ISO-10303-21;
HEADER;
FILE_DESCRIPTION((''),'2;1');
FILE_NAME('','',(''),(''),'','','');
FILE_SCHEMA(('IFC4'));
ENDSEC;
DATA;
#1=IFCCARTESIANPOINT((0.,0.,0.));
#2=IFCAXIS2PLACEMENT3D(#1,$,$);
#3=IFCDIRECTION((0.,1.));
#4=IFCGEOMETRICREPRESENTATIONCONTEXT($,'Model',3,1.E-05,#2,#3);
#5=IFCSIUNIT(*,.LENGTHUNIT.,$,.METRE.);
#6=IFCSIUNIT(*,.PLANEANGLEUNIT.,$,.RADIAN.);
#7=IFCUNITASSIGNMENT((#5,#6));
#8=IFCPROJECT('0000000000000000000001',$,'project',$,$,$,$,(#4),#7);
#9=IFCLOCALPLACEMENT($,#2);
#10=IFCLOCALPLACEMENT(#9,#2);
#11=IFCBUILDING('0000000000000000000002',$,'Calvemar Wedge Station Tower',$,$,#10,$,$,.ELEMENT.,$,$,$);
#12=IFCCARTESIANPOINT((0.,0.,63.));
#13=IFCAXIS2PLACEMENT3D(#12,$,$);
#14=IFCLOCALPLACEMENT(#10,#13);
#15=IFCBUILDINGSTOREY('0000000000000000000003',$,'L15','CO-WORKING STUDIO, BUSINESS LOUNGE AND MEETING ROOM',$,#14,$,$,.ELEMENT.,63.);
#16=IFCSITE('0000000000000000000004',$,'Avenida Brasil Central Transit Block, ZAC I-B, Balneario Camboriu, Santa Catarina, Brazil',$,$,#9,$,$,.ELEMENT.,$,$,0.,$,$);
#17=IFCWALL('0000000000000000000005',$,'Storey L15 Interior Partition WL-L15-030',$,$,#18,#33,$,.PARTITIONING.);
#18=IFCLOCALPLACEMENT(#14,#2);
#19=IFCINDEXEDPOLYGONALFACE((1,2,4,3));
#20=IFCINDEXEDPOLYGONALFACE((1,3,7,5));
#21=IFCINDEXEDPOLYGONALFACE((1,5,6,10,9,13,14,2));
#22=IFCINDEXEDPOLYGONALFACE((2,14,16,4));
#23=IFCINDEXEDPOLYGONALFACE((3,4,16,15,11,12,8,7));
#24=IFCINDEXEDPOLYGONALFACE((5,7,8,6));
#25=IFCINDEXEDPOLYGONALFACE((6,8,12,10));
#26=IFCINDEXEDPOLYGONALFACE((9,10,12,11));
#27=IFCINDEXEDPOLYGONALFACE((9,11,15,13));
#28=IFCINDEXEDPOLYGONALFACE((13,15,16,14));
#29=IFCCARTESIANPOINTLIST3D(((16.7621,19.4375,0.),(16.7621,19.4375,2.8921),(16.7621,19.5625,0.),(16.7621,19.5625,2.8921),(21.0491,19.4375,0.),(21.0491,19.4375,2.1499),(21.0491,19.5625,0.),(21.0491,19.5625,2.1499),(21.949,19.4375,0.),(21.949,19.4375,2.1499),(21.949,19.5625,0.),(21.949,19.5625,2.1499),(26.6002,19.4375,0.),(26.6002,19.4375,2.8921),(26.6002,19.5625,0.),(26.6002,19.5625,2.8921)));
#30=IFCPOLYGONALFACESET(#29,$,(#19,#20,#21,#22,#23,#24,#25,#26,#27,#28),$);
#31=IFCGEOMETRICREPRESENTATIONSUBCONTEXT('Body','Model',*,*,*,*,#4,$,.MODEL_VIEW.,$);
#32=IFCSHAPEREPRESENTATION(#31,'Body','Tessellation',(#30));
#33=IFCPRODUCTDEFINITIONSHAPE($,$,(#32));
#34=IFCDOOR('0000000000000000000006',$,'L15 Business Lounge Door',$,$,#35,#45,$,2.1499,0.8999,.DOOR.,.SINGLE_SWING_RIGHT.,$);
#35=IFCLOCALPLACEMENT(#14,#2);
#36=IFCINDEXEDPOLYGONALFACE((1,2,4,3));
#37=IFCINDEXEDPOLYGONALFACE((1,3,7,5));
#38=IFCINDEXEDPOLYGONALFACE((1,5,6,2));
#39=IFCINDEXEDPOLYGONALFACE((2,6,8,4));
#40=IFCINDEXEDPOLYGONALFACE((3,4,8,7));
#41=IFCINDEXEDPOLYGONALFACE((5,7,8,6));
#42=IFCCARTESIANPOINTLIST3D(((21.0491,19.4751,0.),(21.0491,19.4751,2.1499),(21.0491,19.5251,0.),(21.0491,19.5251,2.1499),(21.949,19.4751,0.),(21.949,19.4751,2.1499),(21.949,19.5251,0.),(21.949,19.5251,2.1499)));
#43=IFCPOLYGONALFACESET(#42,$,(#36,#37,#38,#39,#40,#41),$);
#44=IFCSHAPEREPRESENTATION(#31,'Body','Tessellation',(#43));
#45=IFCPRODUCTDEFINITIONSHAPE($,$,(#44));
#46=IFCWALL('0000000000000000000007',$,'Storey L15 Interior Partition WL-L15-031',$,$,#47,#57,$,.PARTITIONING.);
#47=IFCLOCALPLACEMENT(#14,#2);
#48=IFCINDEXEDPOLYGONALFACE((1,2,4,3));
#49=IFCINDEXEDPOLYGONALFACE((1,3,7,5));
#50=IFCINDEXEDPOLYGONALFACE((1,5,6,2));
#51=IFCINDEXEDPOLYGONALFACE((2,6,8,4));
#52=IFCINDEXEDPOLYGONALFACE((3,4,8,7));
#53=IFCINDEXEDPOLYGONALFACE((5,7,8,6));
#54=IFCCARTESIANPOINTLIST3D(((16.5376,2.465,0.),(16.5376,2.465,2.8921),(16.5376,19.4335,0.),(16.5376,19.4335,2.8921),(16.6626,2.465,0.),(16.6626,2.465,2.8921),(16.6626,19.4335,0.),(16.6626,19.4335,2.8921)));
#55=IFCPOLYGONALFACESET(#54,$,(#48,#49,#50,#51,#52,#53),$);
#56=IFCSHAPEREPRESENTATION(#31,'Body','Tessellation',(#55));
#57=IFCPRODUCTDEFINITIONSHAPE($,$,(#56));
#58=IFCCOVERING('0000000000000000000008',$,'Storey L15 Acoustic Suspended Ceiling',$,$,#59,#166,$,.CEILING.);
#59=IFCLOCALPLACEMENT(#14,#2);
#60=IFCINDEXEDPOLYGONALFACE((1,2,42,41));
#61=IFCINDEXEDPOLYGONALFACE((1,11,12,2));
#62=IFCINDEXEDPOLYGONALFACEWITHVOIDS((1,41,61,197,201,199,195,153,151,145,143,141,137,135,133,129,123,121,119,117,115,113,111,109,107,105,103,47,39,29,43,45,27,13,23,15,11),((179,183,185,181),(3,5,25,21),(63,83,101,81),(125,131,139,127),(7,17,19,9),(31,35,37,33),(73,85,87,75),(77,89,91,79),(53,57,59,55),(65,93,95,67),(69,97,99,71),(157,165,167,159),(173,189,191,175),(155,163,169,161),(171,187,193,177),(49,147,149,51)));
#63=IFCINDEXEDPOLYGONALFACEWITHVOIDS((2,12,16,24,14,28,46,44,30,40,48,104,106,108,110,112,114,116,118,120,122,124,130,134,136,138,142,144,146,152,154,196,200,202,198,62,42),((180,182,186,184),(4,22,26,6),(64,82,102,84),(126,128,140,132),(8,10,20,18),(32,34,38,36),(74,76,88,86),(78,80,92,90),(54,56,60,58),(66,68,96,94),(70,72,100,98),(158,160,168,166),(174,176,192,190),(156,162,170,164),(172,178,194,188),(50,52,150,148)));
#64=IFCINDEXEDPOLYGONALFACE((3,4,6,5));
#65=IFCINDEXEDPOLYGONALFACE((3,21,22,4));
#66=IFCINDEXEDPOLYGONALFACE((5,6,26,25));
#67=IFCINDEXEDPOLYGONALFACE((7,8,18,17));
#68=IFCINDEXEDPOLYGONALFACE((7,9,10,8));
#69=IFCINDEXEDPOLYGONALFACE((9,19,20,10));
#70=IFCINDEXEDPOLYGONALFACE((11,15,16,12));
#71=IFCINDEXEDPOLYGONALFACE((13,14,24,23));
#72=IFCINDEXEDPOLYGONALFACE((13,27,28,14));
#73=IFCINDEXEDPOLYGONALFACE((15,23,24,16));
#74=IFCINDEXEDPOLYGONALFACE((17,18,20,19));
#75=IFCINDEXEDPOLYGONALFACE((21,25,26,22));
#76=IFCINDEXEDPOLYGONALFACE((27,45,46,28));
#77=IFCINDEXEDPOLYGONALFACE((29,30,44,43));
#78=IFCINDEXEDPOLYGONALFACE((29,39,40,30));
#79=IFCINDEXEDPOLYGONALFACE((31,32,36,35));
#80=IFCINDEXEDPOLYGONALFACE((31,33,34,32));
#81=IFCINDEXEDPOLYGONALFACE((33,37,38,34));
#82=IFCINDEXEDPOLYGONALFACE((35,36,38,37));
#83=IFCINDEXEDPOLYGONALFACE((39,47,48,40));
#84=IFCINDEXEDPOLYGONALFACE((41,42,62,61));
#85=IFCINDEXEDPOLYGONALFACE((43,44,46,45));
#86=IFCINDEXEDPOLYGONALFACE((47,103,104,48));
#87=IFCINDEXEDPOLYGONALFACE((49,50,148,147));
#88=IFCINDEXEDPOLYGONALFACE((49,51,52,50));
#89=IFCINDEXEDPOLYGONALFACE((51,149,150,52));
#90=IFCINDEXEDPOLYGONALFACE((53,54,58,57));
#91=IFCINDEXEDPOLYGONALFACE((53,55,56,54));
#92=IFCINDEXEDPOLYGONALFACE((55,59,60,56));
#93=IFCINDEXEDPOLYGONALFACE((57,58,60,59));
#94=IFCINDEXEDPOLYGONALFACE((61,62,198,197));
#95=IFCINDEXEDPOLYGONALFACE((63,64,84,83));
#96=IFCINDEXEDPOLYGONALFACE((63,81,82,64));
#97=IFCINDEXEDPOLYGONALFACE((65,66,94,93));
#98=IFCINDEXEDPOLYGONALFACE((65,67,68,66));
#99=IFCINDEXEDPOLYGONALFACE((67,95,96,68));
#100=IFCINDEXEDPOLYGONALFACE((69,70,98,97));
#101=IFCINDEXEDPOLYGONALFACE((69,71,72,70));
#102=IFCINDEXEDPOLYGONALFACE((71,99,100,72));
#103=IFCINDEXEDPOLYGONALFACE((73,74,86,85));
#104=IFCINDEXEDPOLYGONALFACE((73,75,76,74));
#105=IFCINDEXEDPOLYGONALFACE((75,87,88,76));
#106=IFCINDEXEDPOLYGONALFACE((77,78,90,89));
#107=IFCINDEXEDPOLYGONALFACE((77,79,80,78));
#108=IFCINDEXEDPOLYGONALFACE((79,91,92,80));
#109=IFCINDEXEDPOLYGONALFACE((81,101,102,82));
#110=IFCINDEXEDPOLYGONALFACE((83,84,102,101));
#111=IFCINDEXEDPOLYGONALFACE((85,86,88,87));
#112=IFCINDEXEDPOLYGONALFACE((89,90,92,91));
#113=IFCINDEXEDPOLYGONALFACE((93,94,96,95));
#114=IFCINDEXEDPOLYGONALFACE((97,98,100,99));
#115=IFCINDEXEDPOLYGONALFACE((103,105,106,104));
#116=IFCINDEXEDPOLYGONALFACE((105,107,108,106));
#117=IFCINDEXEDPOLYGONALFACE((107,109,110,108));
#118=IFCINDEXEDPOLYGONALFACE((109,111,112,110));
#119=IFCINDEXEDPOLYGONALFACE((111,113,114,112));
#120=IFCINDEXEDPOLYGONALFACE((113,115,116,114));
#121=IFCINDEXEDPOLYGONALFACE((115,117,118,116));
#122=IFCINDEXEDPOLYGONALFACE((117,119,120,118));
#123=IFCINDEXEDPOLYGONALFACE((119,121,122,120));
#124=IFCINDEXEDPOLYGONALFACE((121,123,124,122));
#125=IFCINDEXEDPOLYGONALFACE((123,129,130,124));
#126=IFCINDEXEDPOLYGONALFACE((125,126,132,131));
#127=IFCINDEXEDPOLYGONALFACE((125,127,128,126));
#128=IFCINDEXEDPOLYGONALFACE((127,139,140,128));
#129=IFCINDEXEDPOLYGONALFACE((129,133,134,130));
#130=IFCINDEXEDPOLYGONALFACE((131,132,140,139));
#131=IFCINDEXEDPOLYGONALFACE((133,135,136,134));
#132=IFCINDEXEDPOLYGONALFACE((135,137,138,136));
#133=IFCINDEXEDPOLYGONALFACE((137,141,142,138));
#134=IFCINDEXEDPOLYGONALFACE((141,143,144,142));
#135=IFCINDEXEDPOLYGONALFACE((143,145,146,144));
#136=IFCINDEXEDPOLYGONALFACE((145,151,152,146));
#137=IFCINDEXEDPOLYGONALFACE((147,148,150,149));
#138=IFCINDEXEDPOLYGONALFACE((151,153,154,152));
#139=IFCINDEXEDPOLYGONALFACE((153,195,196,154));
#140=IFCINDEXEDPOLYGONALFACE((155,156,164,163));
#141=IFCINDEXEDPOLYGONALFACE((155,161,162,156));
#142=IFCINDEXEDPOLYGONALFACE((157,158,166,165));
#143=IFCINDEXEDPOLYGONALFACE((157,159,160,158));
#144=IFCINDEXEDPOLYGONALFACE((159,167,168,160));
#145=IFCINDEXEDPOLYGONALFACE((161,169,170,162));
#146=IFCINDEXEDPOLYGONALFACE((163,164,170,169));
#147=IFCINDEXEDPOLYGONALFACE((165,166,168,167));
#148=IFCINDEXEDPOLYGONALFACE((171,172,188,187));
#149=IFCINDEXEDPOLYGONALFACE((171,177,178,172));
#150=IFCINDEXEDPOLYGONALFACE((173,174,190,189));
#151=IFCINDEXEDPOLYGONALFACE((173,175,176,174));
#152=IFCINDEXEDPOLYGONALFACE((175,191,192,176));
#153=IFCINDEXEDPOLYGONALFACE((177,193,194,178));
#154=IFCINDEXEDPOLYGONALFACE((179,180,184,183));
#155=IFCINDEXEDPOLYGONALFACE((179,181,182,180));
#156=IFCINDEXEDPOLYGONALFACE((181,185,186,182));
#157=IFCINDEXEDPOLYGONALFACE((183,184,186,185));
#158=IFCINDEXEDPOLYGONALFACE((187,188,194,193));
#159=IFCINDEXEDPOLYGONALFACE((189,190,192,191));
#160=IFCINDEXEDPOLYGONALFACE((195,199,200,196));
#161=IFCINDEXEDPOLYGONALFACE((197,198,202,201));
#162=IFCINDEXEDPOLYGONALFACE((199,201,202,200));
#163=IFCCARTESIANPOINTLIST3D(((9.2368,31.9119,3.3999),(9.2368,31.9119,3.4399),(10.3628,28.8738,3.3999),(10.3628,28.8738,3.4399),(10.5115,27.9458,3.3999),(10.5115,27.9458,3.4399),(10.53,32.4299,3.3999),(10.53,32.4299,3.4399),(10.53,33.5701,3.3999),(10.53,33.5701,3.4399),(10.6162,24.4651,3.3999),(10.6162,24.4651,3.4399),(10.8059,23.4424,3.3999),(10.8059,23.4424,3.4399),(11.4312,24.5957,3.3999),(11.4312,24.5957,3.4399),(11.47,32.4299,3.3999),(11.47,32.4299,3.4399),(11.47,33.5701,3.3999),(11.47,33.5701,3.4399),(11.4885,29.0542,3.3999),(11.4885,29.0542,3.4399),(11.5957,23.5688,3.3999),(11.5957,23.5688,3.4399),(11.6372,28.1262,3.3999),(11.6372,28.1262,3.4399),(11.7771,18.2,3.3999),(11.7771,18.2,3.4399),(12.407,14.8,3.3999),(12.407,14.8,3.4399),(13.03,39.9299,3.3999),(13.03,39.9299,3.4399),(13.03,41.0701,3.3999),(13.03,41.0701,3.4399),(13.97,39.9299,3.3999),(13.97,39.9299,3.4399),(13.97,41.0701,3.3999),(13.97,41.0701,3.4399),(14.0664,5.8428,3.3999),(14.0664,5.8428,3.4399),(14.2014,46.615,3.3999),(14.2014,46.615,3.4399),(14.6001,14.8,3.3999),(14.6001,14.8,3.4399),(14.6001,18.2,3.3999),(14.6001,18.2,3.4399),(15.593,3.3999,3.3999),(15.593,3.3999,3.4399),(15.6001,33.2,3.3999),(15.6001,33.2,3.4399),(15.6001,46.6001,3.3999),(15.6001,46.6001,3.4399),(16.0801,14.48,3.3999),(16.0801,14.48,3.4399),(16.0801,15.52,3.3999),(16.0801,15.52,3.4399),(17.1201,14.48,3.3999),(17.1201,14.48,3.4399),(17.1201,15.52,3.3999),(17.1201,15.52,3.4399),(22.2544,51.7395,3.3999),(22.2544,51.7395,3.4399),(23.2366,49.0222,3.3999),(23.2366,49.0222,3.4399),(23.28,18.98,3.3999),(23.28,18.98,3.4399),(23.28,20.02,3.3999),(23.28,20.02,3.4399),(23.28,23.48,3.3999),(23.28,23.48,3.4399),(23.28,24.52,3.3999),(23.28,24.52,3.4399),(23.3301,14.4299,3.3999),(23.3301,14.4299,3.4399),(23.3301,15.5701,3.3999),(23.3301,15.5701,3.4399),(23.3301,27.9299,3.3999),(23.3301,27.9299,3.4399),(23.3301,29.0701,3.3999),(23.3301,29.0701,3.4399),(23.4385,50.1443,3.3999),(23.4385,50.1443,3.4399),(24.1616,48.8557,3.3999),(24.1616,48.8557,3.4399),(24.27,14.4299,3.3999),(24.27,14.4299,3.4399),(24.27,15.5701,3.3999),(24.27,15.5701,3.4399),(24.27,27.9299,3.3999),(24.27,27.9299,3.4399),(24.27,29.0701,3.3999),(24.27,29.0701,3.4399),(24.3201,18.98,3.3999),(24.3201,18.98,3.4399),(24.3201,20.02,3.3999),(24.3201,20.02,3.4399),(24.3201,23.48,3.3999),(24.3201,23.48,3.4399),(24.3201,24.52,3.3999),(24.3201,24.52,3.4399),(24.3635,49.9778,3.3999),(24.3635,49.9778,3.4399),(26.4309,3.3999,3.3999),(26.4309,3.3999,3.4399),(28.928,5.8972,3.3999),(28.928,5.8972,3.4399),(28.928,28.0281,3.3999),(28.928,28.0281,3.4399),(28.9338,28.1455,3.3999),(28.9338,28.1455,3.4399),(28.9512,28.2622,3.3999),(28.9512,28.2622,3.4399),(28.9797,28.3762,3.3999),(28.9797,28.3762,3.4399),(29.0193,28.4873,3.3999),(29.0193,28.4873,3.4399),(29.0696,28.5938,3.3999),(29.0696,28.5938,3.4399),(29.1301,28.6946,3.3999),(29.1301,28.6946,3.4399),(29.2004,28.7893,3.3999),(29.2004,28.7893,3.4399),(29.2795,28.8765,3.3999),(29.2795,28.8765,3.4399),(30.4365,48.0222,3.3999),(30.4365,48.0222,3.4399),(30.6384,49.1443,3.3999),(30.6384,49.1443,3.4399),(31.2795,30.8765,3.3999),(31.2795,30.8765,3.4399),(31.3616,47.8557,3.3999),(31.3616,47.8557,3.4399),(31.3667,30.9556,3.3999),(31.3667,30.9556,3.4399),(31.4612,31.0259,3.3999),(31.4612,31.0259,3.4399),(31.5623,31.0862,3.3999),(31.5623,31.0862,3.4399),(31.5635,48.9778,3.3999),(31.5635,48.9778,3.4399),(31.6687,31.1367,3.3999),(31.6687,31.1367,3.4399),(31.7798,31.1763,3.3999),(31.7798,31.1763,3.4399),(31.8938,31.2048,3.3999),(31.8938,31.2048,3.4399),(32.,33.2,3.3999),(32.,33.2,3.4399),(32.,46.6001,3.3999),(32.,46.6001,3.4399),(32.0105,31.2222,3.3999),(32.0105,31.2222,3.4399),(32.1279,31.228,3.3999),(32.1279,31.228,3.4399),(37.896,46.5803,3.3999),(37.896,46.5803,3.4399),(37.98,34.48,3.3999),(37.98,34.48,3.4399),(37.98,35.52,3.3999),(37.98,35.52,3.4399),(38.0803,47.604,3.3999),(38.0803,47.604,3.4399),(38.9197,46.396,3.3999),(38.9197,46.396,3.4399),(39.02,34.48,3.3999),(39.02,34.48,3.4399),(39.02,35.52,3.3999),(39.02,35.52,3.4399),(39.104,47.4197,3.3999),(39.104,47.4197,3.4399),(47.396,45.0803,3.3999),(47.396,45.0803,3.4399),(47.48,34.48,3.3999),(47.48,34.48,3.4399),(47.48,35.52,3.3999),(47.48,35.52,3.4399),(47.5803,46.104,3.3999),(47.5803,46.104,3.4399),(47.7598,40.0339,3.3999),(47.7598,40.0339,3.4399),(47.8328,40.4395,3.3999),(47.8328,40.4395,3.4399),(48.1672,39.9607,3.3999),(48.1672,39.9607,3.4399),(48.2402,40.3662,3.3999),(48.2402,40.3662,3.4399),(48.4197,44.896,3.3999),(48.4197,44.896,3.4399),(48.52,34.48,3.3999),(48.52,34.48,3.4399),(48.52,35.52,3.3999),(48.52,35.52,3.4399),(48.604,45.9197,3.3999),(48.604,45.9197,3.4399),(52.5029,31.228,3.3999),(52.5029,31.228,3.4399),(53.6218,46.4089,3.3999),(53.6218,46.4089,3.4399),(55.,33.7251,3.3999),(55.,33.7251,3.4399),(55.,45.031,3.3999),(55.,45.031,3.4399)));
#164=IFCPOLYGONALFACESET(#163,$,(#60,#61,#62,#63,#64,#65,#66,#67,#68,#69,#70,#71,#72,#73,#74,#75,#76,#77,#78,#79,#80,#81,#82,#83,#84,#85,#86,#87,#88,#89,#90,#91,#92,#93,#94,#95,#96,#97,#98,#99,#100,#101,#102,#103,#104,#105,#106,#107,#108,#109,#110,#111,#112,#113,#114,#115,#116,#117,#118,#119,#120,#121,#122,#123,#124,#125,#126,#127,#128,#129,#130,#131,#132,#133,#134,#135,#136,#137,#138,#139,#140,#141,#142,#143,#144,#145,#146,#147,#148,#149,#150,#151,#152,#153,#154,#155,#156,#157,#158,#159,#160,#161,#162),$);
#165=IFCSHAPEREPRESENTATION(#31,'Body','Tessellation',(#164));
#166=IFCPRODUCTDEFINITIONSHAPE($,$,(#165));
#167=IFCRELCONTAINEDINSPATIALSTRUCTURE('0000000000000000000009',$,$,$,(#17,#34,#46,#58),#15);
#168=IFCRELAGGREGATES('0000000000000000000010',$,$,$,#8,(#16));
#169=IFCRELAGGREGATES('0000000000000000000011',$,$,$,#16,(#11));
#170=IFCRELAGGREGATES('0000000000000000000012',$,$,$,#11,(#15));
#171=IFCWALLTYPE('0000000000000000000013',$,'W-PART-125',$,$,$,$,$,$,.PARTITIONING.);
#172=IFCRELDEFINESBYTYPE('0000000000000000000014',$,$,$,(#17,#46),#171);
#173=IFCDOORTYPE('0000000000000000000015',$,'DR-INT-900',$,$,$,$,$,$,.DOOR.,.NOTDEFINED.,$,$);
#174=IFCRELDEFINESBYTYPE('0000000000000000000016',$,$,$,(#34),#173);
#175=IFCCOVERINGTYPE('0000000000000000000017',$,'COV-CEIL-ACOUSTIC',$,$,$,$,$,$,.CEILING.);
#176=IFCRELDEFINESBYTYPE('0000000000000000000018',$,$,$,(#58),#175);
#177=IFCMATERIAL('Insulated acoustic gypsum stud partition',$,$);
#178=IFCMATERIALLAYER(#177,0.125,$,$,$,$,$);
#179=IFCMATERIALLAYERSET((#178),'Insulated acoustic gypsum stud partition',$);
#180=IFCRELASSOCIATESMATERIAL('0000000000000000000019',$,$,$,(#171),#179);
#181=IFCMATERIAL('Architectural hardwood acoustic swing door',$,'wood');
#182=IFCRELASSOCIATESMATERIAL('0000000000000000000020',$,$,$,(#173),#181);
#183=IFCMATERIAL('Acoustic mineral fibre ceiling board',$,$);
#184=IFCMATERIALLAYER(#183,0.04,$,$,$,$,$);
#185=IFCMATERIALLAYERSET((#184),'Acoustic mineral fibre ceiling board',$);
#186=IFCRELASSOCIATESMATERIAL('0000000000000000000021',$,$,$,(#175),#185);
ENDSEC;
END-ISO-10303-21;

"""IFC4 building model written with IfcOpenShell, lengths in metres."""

from ifc_helpers import new_model, si_unit, direction, frame, frame_2d, origin, place, context, subcontext, project, spatial, polyline, rectangle, outline, extrude, source, transform, mapped, material, layer, layer_set, type_object, element, fill, save


model = new_model("IFC4")

# Units and contexts
model_context = context("Model", 3, precision=1e-05, world=origin(), true_north=direction((0.0, 1.0)))
body_context = subcontext(model_context, "Body", "Model", "MODEL_VIEW")
ifc_project = project(units=[si_unit("LENGTHUNIT", "METRE"), si_unit("PLANEANGLEUNIT", "RADIAN")], contexts=[model_context])

# Site, building, storey
site_placement = place(None, origin())
site = spatial("IfcSite", under=ifc_project, at=site_placement, Name="Avenida Brasil Central Transit Block, ZAC I-B, Balneario Camboriu, Santa Catarina, Brazil", CompositionType="ELEMENT", RefElevation=0.0)
building_placement = place(site_placement, origin())
building = spatial("IfcBuilding", under=site, at=building_placement, Name="Calvemar Wedge Station Tower", CompositionType="ELEMENT")
storey_placement = place(building_placement, frame((0.0, 0.0, 63.0)))
storey = spatial("IfcBuildingStorey", under=building, at=storey_placement, Name="L15", Description="CO-WORKING STUDIO, BUSINESS LOUNGE AND MEETING ROOM", CompositionType="ELEMENT", Elevation=63.0)

# Wall, opening, door
ifc_material_1 = material(Name="Insulated acoustic gypsum stud partition")
ifc_layer_1 = layer(ifc_material_1, 0.125)
ifc_layer_set_1 = layer_set([ifc_layer_1], Name="Insulated acoustic gypsum stud partition")
wall_type_1 = type_object("IfcWallType", Name="W-PART-125", PredefinedType="PARTITIONING", material=ifc_layer_set_1)
shared_shape_1 = source(origin(), body_context, "Body", "SweptSolid", [
    extrude(rectangle(XDim=0.8999, YDim=2.1499, at=frame_2d((0.45, 1.075))), frame((0.0, 0.0725, 0.0), z_axis=(0.0, -1.0, 0.0), x_axis=(1.0, 0.0, 0.0)), (0.0, 0.0, 1.0), 0.145),
])
ifc_material_2 = material(Name="Architectural hardwood acoustic swing door", Category="wood")
door_type = type_object("IfcDoorType", Name="DR-INT-900", OperationType="NOTDEFINED", PredefinedType="DOOR", material=ifc_material_2)
shared_shape_2 = source(origin(), body_context, "Body", "SweptSolid", [
    extrude(rectangle(XDim=0.8999, YDim=2.1499, at=frame_2d((0.45, 1.075))), frame((0.0, 0.0249, 0.0), z_axis=(0.0, -1.0, 0.0), x_axis=(1.0, 0.0, 0.0)), (0.0, 0.0, 1.0), 0.05),
])
wall_1_placement = place(storey_placement, frame((26.6001, 19.5, 0.0), z_axis=(0.0, 0.0, 1.0), x_axis=(-1.0, 0.0, 0.0)))
wall_1 = element("IfcWall", 1, at=wall_1_placement, inside=storey, type_object=wall_type_1, Name="Storey L15 Interior Partition WL-L15-030", PredefinedType="PARTITIONING", context=body_context, shape_type="SweptSolid", body=[
    extrude(rectangle(XDim=9.8381, YDim=0.125, at=frame_2d((4.9189, 0.0))), origin(), (0.0, 0.0, 1.0), 2.8921),
])
opening_1_placement = place(wall_1_placement, frame((4.6511, 0.0, 0.0)))
opening_1 = element("IfcOpeningElement", 2, at=opening_1_placement, cuts=wall_1, PredefinedType="OPENING", context=body_context, shape_type="MappedRepresentation", body=[
    mapped(shared_shape_1, transform((0.0, 0.0, 0.0), scale=1.0)),
])
door_1_placement = place(opening_1_placement, origin())
door_1 = element("IfcDoor", 3, at=door_1_placement, inside=storey, type_object=door_type, Name="L15 Business Lounge Door", OperationType="SINGLE_SWING_RIGHT", OverallHeight=2.1499, OverallWidth=0.8999, PredefinedType="DOOR", context=body_context, shape_type="MappedRepresentation", body=[
    mapped(shared_shape_2, transform((0.0, 0.0, 0.0), scale=1.0)),
])
fill(opening_1, door_1)

# Wall
wall_2_placement = place(storey_placement, frame((16.6001, 19.4336, 0.0), z_axis=(0.0, 0.0, 1.0), x_axis=(0.0, -1.0, 0.0)))
element("IfcWall", 4, at=wall_2_placement, inside=storey, type_object=wall_type_1, Name="Storey L15 Interior Partition WL-L15-031", PredefinedType="PARTITIONING", context=body_context, shape_type="SweptSolid", body=[
    extrude(rectangle(XDim=16.9685, YDim=0.125, at=frame_2d((8.4844, 0.0))), origin(), (0.0, 0.0, 1.0), 2.8921),
])

# Covering
ifc_material_3 = material(Name="Acoustic mineral fibre ceiling board")
ifc_layer_2 = layer(ifc_material_3, 0.04)
ifc_layer_set_2 = layer_set([ifc_layer_2], Name="Acoustic mineral fibre ceiling board")
covering_type_1 = type_object("IfcCoveringType", Name="COV-CEIL-ACOUSTIC", PredefinedType="CEILING", material=ifc_layer_set_2)
covering_1_placement = place(storey_placement, frame((0.0, 0.0, 3.3999)))
element("IfcCovering", 5, at=covering_1_placement, inside=storey, type_object=covering_type_1, Name="Storey L15 Acoustic Suspended Ceiling", PredefinedType="CEILING", context=body_context, shape_type="SweptSolid", body=[
    extrude(outline(polyline([(29.2795, 28.8765), (31.2795, 30.8765), (31.3667, 30.9556), (31.4612, 31.0259), (31.5623, 31.0862), (31.6687, 31.1367), (31.7798, 31.1763), (31.8938, 31.2048), (32.0105, 31.2222), (32.1279, 31.228), (52.5029, 31.228), (55.0, 33.7251), (55.0, 45.031), (53.6218, 46.4089), (22.2544, 51.7395), (14.2014, 46.615), (9.2368, 31.9119), (10.6162, 24.4651), (11.4312, 24.5957), (11.5957, 23.5688), (10.8059, 23.4424), (11.7771, 18.2), (14.6001, 18.2), (14.6001, 14.8), (12.407, 14.8), (14.0664, 5.8428), (15.593, 3.3999), (26.4309, 3.3999), (28.928, 5.8972), (28.928, 28.0281), (28.9338, 28.1455), (28.9512, 28.2622), (28.9797, 28.3762), (29.0193, 28.4873), (29.0696, 28.5938), (29.1301, 28.6946), (29.2004, 28.7893), (29.2795, 28.8765)]), holes=[polyline([(15.6001, 46.6001), (32.0, 46.6001), (32.0, 33.2), (15.6001, 33.2), (15.6001, 46.6001)]), polyline([(10.53, 32.4299), (10.53, 33.5701), (11.47, 33.5701), (11.47, 32.4299), (10.53, 32.4299)]), polyline([(13.03, 41.0701), (13.97, 41.0701), (13.97, 39.9299), (13.03, 39.9299), (13.03, 41.0701)]), polyline([(24.3635, 49.9778), (24.1616, 48.8557), (23.2366, 49.0222), (23.4385, 50.1443), (24.3635, 49.9778)]), polyline([(31.3616, 47.8557), (30.4365, 48.0222), (30.6384, 49.1443), (31.5635, 48.9778), (31.3616, 47.8557)]), polyline([(37.896, 46.5803), (38.0803, 47.604), (39.104, 47.4197), (38.9197, 46.396), (37.896, 46.5803)]), polyline([(47.5803, 46.104), (48.604, 45.9197), (48.4197, 44.896), (47.396, 45.0803), (47.5803, 46.104)]), polyline([(39.02, 35.52), (39.02, 34.48), (37.98, 34.48), (37.98, 35.52), (39.02, 35.52)]), polyline([(48.52, 34.48), (47.48, 34.48), (47.48, 35.52), (48.52, 35.52), (48.52, 34.48)]), polyline([(47.7598, 40.0339), (47.8328, 40.4395), (48.2402, 40.3662), (48.1672, 39.9607), (47.7598, 40.0339)]), polyline([(11.4885, 29.0542), (11.6372, 28.1262), (10.5115, 27.9458), (10.3628, 28.8738), (11.4885, 29.0542)]), polyline([(24.27, 27.9299), (23.3301, 27.9299), (23.3301, 29.0701), (24.27, 29.0701), (24.27, 27.9299)]), polyline([(23.28, 23.48), (23.28, 24.52), (24.3201, 24.52), (24.3201, 23.48), (23.28, 23.48)]), polyline([(23.28, 20.02), (24.3201, 20.02), (24.3201, 18.98), (23.28, 18.98), (23.28, 20.02)]), polyline([(24.27, 15.5701), (24.27, 14.4299), (23.3301, 14.4299), (23.3301, 15.5701), (24.27, 15.5701)]), polyline([(17.1201, 14.48), (16.0801, 14.48), (16.0801, 15.52), (17.1201, 15.52), (17.1201, 14.48)])]), origin(), (0.0, 0.0, 1.0), 0.04),
])

save(model, "model.ifc")
